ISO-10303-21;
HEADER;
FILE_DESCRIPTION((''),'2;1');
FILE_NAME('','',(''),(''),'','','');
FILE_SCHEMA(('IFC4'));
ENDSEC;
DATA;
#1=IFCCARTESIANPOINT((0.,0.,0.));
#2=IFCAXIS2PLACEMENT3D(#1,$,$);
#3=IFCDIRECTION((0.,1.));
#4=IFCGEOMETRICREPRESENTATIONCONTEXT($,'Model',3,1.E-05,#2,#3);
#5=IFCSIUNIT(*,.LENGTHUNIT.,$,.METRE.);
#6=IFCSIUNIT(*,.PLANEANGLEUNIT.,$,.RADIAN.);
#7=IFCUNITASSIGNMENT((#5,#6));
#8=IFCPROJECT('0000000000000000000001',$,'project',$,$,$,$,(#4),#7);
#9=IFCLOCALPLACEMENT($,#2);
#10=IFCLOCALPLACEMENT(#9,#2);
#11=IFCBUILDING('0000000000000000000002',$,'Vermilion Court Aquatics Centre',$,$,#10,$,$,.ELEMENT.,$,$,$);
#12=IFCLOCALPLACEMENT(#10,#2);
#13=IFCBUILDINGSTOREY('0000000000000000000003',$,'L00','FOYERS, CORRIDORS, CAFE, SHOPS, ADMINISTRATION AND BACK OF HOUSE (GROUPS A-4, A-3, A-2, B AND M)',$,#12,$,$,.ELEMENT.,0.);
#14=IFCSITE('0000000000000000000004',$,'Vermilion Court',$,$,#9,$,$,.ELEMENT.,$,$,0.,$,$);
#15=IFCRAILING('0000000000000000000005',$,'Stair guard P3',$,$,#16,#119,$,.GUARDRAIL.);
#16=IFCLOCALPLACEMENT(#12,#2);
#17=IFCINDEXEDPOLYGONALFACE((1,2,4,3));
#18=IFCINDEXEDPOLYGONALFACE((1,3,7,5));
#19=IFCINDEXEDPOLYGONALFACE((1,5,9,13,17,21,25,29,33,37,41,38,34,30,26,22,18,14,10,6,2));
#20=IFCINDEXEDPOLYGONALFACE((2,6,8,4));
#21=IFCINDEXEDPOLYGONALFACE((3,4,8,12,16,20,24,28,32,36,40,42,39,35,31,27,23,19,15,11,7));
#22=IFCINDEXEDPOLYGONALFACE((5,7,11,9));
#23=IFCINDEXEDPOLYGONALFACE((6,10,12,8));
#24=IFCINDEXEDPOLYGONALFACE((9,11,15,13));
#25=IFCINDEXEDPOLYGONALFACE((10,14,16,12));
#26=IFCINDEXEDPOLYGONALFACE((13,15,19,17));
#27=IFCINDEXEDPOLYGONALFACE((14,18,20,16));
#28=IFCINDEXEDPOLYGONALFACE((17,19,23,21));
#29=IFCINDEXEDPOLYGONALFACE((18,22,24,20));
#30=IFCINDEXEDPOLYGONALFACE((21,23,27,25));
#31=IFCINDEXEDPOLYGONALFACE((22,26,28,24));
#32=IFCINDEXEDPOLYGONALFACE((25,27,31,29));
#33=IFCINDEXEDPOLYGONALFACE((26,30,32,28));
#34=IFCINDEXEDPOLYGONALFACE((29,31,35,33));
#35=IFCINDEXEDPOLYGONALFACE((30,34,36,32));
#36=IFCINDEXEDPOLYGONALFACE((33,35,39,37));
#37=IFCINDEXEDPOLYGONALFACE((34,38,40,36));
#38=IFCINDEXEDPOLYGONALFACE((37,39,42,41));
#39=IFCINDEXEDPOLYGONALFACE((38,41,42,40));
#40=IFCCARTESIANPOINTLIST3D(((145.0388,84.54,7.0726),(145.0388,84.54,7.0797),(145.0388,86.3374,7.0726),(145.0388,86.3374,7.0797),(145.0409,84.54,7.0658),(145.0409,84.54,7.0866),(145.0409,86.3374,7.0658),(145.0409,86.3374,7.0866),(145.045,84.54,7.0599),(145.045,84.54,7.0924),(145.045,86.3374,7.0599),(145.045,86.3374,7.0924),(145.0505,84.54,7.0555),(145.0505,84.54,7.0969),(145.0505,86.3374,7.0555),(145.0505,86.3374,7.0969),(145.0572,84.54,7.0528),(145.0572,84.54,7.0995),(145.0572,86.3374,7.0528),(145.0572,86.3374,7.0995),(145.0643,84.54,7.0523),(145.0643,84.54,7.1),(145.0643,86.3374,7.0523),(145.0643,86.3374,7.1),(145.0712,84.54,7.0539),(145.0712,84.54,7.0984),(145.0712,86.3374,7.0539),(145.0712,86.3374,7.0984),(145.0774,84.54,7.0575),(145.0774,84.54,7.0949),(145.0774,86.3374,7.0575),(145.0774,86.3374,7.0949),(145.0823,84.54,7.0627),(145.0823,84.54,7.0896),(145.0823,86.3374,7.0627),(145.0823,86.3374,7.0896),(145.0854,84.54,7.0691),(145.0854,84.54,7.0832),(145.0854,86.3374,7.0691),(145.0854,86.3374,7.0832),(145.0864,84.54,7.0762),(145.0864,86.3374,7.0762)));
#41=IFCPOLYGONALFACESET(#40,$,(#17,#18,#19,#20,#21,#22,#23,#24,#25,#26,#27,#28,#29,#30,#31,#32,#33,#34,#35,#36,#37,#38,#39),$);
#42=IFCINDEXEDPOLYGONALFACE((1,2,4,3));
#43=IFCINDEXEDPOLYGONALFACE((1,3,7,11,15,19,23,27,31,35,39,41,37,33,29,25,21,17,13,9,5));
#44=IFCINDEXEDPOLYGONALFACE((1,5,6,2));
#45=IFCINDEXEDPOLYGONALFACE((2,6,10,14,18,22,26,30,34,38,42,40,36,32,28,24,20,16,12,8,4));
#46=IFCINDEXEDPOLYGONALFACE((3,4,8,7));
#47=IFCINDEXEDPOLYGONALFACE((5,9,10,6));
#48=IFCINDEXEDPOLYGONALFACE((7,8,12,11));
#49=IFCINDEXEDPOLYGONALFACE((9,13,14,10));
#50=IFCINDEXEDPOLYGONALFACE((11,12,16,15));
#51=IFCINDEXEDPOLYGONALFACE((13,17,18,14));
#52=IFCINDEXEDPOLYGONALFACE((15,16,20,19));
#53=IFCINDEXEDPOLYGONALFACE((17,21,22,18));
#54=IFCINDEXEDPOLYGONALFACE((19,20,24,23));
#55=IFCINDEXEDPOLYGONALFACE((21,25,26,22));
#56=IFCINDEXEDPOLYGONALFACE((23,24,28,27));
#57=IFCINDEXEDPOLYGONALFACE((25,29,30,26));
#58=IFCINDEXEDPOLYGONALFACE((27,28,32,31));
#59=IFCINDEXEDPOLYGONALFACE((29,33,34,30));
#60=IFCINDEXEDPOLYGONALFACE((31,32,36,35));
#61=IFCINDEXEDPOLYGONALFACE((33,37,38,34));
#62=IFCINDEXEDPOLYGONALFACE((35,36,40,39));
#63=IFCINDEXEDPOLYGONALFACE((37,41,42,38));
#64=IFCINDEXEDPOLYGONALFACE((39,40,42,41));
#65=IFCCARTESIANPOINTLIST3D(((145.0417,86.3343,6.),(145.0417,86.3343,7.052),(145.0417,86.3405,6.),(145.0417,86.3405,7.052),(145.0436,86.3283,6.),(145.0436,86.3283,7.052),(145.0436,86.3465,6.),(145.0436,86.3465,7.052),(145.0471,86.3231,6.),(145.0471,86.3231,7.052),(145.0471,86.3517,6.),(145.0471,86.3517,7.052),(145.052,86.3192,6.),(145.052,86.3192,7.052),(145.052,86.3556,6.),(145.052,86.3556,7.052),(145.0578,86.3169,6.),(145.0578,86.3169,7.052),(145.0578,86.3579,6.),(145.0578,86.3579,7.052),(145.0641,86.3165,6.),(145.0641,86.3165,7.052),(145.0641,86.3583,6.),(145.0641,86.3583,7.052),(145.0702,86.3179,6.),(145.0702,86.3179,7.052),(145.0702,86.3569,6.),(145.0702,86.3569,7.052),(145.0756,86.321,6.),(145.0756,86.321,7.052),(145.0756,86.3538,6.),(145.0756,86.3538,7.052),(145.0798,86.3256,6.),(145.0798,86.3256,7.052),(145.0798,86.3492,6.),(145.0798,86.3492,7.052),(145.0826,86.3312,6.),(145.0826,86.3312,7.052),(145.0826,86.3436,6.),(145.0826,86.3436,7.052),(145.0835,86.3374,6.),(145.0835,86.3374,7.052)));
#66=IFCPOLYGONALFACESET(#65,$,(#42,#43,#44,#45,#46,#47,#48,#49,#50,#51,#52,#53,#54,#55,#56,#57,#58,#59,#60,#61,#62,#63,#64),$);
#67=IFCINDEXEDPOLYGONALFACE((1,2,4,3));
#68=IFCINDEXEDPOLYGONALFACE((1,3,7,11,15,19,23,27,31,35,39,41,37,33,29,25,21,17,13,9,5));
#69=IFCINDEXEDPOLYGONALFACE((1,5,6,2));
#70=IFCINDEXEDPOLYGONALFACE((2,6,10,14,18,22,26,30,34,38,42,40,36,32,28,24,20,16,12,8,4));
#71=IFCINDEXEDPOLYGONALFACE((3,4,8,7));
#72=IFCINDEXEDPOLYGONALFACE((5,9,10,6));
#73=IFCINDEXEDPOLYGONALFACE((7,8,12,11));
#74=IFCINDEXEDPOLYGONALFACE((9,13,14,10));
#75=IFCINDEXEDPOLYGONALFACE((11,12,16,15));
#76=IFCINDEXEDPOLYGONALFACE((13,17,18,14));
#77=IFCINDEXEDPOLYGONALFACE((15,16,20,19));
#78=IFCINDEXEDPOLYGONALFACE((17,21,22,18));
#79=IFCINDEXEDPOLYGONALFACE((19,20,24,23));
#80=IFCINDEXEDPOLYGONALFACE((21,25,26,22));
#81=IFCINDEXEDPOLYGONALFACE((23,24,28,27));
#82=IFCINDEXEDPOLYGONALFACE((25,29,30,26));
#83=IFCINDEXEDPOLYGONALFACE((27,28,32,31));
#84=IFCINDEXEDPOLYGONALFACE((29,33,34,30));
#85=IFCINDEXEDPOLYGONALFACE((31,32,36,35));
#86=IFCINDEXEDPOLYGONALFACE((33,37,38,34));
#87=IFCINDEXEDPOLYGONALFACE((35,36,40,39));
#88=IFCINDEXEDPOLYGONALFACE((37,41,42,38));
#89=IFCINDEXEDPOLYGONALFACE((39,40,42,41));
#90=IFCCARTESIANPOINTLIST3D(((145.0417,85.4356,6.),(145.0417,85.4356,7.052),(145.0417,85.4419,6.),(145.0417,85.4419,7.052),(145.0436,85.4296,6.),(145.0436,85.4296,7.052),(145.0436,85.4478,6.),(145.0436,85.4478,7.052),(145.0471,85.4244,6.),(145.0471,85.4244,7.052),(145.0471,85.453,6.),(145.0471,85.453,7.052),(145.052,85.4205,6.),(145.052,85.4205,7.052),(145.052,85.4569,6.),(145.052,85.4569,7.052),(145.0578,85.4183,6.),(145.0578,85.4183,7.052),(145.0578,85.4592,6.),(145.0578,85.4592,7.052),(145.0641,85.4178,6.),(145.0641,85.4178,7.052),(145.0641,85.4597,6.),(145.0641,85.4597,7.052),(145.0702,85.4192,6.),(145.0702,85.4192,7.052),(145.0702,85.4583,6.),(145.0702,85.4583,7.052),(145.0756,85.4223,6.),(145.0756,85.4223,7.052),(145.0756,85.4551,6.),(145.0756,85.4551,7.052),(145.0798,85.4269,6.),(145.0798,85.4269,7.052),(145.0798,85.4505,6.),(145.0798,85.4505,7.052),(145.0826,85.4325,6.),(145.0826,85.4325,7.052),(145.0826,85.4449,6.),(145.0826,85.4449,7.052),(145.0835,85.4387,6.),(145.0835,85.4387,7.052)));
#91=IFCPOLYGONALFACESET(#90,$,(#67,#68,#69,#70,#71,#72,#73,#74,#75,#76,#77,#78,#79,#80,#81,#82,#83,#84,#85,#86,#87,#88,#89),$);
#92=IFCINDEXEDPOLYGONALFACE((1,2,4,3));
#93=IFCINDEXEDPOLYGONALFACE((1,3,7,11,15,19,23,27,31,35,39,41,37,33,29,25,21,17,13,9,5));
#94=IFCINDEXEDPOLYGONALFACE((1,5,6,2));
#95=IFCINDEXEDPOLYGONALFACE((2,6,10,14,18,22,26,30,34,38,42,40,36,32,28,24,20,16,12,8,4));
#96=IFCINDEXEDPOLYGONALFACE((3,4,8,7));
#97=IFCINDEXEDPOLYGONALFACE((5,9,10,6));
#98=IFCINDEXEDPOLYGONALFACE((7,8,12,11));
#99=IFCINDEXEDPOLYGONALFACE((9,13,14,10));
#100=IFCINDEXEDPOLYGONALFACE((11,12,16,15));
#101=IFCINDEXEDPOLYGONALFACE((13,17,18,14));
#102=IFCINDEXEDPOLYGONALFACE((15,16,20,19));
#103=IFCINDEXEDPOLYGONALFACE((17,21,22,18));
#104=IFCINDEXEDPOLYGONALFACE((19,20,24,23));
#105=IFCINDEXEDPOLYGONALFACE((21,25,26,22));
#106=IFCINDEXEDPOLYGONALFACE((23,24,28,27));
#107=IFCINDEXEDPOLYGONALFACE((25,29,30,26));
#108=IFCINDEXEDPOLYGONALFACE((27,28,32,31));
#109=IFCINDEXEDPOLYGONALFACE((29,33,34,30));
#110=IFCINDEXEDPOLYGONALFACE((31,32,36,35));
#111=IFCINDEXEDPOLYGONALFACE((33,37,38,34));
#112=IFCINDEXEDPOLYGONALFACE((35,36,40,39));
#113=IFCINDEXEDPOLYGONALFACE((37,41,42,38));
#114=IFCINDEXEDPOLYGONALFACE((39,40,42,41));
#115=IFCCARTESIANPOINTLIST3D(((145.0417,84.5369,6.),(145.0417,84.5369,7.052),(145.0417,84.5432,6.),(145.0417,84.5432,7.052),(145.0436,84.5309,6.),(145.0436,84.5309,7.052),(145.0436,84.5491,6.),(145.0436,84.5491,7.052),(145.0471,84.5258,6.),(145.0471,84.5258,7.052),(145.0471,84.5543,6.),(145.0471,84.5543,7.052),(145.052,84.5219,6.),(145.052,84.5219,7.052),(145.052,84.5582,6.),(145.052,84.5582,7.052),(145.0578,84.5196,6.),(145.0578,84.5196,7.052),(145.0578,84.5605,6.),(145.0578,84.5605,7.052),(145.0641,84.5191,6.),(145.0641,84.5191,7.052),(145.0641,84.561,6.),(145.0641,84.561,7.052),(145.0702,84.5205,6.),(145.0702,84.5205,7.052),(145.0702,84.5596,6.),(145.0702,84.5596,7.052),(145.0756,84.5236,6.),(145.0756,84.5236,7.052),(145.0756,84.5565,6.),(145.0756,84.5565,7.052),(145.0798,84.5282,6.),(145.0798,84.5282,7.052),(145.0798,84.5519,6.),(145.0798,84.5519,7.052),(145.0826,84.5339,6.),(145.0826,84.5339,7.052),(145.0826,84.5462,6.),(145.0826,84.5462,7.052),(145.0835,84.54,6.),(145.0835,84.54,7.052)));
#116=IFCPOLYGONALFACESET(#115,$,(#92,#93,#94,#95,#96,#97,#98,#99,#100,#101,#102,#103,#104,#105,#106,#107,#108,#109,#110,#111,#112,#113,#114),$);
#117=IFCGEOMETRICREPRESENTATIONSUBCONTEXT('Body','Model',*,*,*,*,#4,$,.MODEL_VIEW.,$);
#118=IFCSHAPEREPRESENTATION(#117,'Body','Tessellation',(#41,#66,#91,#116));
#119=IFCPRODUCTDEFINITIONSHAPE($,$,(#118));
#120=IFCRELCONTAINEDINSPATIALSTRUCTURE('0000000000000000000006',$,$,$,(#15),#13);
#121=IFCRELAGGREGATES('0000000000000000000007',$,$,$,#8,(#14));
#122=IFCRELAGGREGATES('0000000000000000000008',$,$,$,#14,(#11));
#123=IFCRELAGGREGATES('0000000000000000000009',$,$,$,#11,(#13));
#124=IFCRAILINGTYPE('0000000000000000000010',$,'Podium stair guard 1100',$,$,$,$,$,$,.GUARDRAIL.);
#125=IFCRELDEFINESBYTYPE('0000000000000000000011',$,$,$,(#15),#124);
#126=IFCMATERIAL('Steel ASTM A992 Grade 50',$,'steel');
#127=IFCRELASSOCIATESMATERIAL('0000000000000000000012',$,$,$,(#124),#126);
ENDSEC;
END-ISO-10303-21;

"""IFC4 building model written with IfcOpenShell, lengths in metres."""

from ifc_helpers import new_model, si_unit, direction, frame, origin, origin_2d, place, context, subcontext, project, spatial, circle, extrude, material, type_object, element, save


model = new_model("IFC4")

# Units and contexts
model_context = context("Model", 3, precision=1e-05, world=origin(), true_north=direction((0.0, 1.0)))
body_context = subcontext(model_context, "Body", "Model", "MODEL_VIEW")
ifc_project = project(units=[si_unit("LENGTHUNIT", "METRE"), si_unit("PLANEANGLEUNIT", "RADIAN")], contexts=[model_context])

# Site, building, storey
site_placement = place(None, origin())
site = spatial("IfcSite", under=ifc_project, at=site_placement, Name="Vermilion Court", CompositionType="ELEMENT", RefElevation=0.0)
building_placement = place(site_placement, origin())
building = spatial("IfcBuilding", under=site, at=building_placement, Name="Vermilion Court Aquatics Centre", CompositionType="ELEMENT")
storey_placement = place(building_placement, origin())
storey = spatial("IfcBuildingStorey", under=building, at=storey_placement, Name="L00", Description="FOYERS, CORRIDORS, CAFE, SHOPS, ADMINISTRATION AND BACK OF HOUSE (GROUPS A-4, A-3, A-2, B AND M)", CompositionType="ELEMENT", Elevation=0.0)

# Railing
ifc_material_1 = material(Name="Steel ASTM A992 Grade 50", Category="steel")
railing_type = type_object("IfcRailingType", Name="Podium stair guard 1100", PredefinedType="GUARDRAIL", material=ifc_material_1)
for number, where, name in (
    (1, (145.0625, 86.3374, 6.0), "Stair guard P3"),
):
    element("IfcRailing", number, at=place(storey_placement, frame(where)), inside=storey, type_object=railing_type, Name=name, PredefinedType="GUARDRAIL", context=body_context, shape_type="SweptSolid", body=[
        extrude(circle(Radius=0.0239, at=origin_2d()), frame((0.0, 0.0, 1.0762), z_axis=(0.0, -1.0, 0.0), x_axis=(1.0, 0.0, 0.0)), (0.0, 0.0, 1.0), 1.7974),
        extrude(circle(Radius=0.021, at=origin_2d()), origin(), (0.0, 0.0, 1.0), 1.052),
        extrude(circle(Radius=0.021, at=origin_2d()), frame((0.0, -0.8987, 0.0)), (0.0, 0.0, 1.0), 1.052),
        extrude(circle(Radius=0.021, at=origin_2d()), frame((0.0, -1.7974, 0.0)), (0.0, 0.0, 1.0), 1.052),
    ])

save(model, "model.ifc")
